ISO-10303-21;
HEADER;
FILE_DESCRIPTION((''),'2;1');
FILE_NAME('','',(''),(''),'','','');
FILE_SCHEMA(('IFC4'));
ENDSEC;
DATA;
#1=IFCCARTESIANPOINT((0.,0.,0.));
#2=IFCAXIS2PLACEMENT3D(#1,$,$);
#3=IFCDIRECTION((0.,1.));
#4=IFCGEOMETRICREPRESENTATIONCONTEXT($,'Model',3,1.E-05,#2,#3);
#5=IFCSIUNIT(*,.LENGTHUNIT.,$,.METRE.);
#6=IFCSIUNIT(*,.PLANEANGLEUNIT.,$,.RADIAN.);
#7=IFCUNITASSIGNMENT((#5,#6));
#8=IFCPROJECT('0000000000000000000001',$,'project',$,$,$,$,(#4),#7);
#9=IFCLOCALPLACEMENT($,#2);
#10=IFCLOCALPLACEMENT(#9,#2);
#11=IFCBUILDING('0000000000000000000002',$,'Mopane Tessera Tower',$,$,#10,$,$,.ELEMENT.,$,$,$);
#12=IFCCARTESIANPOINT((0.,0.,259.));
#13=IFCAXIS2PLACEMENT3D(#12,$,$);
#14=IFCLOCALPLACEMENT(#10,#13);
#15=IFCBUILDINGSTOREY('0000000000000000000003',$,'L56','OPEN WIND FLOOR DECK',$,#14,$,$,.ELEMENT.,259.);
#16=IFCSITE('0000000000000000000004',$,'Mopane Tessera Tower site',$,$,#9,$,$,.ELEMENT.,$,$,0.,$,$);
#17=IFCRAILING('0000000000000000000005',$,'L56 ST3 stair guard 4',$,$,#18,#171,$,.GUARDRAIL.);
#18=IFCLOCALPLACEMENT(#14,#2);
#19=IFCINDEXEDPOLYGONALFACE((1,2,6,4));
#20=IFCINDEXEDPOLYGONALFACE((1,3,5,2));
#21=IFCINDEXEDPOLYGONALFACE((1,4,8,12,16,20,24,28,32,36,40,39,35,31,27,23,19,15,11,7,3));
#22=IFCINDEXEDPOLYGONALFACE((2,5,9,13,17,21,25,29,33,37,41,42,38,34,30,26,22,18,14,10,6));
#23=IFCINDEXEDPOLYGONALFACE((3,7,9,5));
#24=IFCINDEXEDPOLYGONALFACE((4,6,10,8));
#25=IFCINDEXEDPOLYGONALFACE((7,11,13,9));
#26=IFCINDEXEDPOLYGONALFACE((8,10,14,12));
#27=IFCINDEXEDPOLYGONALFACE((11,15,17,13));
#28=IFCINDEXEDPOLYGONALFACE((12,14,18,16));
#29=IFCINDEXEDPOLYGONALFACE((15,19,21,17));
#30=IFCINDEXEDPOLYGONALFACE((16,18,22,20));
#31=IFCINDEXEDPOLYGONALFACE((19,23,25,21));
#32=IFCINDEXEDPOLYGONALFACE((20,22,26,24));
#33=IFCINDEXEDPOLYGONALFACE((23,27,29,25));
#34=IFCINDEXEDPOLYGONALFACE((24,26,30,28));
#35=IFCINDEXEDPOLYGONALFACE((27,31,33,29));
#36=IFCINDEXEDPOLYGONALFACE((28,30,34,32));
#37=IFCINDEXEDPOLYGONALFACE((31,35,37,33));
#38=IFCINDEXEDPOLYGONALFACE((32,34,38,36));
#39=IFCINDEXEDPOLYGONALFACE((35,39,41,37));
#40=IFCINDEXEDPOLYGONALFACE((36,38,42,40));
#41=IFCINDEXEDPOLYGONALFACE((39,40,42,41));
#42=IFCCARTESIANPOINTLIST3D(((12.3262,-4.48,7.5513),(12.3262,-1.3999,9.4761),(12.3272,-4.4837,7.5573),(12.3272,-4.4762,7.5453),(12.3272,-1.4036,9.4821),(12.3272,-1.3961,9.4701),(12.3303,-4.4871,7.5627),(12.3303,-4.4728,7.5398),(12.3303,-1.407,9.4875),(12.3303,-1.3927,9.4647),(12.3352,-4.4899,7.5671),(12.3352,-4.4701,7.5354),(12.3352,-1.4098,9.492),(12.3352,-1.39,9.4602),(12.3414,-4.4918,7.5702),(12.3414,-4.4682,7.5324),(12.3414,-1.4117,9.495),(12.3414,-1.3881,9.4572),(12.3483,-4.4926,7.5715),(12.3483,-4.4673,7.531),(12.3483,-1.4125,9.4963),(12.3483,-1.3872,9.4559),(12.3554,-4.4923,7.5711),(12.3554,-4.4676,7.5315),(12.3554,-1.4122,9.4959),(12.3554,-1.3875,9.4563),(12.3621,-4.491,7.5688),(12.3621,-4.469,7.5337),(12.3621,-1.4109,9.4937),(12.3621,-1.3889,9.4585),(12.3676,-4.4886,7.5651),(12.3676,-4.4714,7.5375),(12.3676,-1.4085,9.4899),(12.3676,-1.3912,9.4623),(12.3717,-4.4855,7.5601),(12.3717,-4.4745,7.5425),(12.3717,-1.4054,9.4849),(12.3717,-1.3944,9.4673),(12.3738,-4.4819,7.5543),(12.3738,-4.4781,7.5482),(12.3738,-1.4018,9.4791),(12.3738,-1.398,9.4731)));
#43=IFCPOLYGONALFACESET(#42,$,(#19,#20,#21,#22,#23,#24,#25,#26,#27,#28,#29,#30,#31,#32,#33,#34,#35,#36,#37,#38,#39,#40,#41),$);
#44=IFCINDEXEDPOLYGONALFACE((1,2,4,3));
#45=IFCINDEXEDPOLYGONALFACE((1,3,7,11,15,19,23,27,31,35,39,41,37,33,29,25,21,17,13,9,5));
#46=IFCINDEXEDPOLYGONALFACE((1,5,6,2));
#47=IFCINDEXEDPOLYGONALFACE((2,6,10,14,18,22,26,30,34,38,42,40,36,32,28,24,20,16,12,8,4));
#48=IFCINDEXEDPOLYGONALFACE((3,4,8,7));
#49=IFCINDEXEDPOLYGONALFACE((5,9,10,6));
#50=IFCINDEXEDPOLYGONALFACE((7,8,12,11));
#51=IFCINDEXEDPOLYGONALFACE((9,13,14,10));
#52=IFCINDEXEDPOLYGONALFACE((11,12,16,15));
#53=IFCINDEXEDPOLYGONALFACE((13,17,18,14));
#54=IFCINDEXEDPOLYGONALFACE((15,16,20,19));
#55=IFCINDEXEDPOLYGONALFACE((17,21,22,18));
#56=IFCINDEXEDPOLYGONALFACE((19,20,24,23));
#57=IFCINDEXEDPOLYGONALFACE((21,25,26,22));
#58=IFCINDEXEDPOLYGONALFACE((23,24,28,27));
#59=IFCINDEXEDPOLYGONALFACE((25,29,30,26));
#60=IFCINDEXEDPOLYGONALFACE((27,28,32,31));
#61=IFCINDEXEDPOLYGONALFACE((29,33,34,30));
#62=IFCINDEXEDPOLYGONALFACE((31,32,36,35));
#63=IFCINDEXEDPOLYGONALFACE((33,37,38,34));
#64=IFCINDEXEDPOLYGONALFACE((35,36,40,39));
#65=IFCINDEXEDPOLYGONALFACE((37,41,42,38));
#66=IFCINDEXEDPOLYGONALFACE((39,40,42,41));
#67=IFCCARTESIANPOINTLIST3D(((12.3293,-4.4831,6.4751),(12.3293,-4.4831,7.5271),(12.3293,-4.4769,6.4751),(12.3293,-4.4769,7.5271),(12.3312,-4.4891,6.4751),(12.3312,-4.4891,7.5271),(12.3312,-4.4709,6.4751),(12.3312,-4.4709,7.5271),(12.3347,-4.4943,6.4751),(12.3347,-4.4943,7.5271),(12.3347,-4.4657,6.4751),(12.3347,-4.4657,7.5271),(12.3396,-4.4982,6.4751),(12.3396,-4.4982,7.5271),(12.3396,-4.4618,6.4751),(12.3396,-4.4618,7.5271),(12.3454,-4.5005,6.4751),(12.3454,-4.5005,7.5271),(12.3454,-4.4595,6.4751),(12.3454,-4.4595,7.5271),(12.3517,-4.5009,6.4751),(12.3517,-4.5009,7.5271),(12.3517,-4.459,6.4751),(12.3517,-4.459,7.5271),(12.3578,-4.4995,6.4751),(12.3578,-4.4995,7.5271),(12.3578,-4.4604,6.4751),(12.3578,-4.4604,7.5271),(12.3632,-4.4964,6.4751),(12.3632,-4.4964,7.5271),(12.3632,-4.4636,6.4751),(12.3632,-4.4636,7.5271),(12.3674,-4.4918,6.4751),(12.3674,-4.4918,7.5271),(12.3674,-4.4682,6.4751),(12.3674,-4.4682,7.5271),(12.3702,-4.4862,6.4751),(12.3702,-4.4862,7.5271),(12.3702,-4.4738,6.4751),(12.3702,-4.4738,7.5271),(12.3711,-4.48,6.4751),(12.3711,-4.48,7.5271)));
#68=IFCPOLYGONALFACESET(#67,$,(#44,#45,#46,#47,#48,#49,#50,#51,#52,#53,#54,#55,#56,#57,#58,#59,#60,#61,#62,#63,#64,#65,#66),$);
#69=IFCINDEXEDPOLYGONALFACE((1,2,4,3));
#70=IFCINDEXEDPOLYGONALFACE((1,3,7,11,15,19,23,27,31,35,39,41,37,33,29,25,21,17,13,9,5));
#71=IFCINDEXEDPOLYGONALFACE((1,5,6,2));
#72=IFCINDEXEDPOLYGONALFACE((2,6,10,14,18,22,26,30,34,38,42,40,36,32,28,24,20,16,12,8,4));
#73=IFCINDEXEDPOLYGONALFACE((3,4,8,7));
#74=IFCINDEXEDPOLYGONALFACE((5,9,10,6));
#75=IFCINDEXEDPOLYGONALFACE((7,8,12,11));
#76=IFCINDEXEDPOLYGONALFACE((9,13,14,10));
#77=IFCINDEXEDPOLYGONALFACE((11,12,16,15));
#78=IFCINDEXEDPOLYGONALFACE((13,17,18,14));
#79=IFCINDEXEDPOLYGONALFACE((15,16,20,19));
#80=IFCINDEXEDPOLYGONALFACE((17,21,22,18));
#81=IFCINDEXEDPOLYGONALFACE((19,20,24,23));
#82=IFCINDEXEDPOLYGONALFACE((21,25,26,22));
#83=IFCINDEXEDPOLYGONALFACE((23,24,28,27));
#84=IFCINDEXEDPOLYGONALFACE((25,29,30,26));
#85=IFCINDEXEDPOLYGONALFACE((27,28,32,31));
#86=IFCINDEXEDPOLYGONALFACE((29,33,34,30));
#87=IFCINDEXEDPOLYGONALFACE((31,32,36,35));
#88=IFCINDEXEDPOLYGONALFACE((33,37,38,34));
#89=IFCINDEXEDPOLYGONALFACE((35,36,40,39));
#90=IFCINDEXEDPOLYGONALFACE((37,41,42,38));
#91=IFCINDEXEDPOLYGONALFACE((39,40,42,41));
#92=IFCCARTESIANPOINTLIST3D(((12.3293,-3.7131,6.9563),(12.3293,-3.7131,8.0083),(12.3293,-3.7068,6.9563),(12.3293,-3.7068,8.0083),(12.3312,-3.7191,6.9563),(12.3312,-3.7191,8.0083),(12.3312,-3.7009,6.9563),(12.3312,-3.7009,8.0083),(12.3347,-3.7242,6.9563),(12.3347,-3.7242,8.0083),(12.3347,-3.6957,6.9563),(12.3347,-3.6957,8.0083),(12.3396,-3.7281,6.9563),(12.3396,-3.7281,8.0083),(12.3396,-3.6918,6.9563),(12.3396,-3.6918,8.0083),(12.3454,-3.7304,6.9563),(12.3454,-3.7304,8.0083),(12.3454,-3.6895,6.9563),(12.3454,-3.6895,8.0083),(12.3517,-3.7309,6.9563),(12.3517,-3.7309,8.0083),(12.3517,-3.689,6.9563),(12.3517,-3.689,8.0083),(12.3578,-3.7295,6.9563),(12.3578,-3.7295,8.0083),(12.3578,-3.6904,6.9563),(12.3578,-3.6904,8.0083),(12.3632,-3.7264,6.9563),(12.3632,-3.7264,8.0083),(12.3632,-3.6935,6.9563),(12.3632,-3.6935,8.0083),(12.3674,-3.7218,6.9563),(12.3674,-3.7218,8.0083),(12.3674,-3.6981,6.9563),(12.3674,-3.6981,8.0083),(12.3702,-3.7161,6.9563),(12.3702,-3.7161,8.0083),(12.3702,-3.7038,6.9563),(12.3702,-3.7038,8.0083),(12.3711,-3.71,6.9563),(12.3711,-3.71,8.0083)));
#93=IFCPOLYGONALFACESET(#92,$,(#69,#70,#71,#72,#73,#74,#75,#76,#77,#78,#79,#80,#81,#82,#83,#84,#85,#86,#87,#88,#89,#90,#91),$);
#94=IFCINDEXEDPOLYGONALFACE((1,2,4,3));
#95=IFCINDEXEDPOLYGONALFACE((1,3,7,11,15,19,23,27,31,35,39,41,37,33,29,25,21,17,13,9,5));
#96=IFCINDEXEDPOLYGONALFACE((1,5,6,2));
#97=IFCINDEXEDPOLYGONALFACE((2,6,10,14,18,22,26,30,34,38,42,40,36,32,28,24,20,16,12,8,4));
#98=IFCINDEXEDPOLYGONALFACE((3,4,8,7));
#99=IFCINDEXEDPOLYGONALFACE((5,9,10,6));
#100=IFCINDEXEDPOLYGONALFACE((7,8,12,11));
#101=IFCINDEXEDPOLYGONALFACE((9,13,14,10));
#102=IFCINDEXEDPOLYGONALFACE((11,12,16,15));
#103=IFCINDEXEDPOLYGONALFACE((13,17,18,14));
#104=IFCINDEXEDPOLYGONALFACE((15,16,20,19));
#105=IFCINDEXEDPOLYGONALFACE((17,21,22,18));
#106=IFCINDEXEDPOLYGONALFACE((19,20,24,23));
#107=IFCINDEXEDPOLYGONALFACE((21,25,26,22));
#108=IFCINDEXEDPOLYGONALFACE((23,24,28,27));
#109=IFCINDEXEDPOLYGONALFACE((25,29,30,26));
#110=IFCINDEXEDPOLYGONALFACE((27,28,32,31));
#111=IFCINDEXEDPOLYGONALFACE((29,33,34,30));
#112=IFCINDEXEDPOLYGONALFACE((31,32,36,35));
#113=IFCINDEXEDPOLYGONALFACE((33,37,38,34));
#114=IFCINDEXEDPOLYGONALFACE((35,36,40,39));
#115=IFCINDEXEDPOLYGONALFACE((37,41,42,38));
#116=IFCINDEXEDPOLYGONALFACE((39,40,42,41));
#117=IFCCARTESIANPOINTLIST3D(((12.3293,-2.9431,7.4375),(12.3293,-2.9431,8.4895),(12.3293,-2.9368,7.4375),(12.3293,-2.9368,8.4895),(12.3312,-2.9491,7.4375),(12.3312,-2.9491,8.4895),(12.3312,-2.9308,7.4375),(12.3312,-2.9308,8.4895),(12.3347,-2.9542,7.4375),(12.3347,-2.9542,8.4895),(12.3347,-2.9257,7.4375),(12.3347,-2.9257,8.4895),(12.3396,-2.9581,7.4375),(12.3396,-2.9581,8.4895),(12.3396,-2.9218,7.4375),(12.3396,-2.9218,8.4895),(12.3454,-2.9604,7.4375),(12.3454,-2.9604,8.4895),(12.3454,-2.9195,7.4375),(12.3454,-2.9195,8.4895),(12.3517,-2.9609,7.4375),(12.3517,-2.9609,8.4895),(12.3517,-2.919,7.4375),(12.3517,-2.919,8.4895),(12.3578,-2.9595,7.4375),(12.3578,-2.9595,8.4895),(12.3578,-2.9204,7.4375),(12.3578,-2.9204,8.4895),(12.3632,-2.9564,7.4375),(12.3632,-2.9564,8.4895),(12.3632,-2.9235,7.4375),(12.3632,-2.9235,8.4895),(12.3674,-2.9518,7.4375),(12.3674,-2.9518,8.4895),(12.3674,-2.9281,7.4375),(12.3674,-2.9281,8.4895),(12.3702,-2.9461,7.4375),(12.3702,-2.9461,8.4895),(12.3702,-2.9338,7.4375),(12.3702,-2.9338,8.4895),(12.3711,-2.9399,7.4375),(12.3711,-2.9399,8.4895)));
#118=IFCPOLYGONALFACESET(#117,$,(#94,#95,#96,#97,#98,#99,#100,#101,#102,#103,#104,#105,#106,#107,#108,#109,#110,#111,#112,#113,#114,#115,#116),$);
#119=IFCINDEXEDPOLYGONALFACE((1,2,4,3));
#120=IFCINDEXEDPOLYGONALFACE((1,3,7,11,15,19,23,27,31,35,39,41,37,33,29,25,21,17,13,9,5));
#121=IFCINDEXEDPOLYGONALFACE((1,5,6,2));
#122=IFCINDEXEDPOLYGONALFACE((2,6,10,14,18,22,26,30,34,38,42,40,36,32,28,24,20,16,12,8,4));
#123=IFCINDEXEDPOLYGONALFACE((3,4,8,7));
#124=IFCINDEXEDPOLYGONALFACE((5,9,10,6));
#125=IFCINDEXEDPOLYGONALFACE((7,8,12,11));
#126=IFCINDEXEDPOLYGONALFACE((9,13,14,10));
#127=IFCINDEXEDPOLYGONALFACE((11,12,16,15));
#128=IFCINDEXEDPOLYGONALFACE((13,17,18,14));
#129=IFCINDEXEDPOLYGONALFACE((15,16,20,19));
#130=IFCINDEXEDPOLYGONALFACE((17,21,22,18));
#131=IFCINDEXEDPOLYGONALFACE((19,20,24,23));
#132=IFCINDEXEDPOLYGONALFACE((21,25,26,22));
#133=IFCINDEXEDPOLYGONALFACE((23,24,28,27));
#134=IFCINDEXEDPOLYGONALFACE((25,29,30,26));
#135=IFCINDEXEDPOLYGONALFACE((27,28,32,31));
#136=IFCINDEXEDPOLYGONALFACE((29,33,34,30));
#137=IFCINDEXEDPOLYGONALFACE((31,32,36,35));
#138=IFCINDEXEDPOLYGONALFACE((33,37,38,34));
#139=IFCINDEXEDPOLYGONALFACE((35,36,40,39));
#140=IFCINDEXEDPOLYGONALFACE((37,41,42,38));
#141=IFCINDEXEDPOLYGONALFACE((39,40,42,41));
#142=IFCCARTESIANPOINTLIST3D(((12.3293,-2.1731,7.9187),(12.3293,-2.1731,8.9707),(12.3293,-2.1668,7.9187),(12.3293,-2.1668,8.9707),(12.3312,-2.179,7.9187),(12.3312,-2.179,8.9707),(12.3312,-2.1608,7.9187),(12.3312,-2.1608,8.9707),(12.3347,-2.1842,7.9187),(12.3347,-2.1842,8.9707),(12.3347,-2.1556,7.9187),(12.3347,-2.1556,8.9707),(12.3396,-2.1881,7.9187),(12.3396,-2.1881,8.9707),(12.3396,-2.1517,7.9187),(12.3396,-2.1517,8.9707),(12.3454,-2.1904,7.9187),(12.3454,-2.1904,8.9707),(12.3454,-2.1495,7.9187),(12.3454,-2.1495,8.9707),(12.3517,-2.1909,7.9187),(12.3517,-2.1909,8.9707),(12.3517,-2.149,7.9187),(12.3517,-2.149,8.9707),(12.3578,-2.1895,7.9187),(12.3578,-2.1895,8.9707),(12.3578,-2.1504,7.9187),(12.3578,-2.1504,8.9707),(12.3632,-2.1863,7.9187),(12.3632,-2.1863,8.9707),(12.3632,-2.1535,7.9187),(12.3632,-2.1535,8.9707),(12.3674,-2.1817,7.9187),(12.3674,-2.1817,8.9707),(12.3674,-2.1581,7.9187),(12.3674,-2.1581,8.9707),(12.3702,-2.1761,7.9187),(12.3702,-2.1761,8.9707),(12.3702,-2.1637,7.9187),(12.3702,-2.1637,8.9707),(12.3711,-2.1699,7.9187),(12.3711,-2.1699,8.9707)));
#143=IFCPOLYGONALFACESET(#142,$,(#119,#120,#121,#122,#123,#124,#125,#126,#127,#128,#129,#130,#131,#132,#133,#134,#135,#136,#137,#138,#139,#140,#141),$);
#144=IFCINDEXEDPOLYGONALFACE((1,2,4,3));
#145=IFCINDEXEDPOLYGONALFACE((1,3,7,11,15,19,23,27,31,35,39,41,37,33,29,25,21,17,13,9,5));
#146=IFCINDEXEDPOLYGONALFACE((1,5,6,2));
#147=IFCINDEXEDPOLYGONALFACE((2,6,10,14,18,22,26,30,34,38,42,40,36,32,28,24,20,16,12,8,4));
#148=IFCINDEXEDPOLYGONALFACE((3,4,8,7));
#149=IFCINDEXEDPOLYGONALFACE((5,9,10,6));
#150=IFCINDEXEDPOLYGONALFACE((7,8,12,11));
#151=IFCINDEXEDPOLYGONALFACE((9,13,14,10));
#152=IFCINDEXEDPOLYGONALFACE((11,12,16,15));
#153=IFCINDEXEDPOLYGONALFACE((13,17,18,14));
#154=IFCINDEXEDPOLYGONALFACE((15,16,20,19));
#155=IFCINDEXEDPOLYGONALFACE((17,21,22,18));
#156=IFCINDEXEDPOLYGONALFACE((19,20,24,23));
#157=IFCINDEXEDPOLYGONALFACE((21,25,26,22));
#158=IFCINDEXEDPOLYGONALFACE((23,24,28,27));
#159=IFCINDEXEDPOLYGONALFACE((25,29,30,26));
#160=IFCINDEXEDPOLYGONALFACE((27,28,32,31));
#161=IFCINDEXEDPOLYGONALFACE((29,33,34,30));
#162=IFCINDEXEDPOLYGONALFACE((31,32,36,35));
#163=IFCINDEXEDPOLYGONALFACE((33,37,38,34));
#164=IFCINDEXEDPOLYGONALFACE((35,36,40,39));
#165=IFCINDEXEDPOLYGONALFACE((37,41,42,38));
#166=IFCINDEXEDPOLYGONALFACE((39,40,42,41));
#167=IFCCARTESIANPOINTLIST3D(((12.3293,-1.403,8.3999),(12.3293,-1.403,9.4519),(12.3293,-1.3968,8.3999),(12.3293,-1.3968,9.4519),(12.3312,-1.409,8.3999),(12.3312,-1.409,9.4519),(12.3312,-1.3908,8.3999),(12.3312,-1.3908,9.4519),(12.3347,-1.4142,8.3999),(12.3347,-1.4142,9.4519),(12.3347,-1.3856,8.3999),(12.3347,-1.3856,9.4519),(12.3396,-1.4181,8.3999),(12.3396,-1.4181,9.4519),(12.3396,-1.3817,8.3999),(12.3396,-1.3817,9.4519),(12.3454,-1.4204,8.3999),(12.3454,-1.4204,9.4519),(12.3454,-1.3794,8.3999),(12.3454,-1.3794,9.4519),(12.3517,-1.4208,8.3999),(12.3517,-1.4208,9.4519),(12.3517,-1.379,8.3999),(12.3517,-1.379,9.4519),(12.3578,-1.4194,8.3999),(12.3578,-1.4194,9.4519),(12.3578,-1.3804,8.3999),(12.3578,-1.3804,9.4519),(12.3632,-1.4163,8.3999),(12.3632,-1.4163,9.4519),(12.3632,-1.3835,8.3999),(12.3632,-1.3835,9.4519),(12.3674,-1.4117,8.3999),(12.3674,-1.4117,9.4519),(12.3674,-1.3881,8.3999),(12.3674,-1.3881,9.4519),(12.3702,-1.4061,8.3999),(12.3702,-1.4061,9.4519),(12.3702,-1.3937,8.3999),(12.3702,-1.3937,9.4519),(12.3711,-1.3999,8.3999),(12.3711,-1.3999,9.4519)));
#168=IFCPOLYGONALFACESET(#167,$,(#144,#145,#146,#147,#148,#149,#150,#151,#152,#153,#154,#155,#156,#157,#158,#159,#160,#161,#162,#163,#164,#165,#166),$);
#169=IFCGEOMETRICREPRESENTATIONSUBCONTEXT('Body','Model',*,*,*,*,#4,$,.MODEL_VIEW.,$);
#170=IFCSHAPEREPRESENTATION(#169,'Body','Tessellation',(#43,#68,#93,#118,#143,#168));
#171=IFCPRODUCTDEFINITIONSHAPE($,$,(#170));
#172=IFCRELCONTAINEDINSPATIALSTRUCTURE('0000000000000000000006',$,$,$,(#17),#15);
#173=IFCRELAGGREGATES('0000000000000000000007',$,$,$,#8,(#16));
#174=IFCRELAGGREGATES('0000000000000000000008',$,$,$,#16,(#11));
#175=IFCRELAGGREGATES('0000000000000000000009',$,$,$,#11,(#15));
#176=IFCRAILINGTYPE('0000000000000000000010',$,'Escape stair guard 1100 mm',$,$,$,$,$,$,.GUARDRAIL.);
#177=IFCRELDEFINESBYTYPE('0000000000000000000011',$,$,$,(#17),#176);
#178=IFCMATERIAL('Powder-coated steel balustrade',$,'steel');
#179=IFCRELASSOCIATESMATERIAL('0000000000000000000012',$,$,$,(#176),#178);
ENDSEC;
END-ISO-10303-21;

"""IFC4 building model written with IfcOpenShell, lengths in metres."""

from ifc_helpers import new_model, si_unit, direction, frame, origin, origin_2d, place, context, subcontext, project, spatial, circle, extrude, material, type_object, element, save


model = new_model("IFC4")

# Units and contexts
model_context = context("Model", 3, precision=1e-05, world=origin(), true_north=direction((0.0, 1.0)))
body_context = subcontext(model_context, "Body", "Model", "MODEL_VIEW")
ifc_project = project(units=[si_unit("LENGTHUNIT", "METRE"), si_unit("PLANEANGLEUNIT", "RADIAN")], contexts=[model_context])

# Site, building, storey
site_placement = place(None, origin())
site = spatial("IfcSite", under=ifc_project, at=site_placement, Name="Mopane Tessera Tower site", CompositionType="ELEMENT", RefElevation=0.0)
building_placement = place(site_placement, origin())
building = spatial("IfcBuilding", under=site, at=building_placement, Name="Mopane Tessera Tower", CompositionType="ELEMENT")
storey_placement = place(building_placement, frame((0.0, 0.0, 259.0)))
storey = spatial("IfcBuildingStorey", under=building, at=storey_placement, Name="L56", Description="OPEN WIND FLOOR DECK", CompositionType="ELEMENT", Elevation=259.0)

# Railing
ifc_material_1 = material(Name="Powder-coated steel balustrade", Category="steel")
railing_type_1 = type_object("IfcRailingType", Name="Escape stair guard 1100 mm", PredefinedType="GUARDRAIL", material=ifc_material_1)
railing_1_placement = place(storey_placement, frame((12.3501, -4.48, 6.4751)))
element("IfcRailing", 1, at=railing_1_placement, inside=storey, type_object=railing_type_1, Name="L56 ST3 stair guard 4", PredefinedType="GUARDRAIL", context=body_context, shape_type="SweptSolid", body=[
    extrude(circle(Radius=0.0239, at=origin_2d()), frame((0.0, 0.0, 1.0762), z_axis=(0.0, 0.848029, 0.529951), x_axis=(-1.0, 0.0, 0.0)), (0.0, 0.0, 1.0), 3.6321),
    extrude(circle(Radius=0.021, at=origin_2d()), origin(), (0.0, 0.0, 1.0), 1.052),
    extrude(circle(Radius=0.021, at=origin_2d()), frame((0.0, 0.77, 0.4812)), (0.0, 0.0, 1.0), 1.052),
    extrude(circle(Radius=0.021, at=origin_2d()), frame((0.0, 1.54, 0.9624)), (0.0, 0.0, 1.0), 1.052),
    extrude(circle(Radius=0.021, at=origin_2d()), frame((0.0, 2.3101, 1.4436)), (0.0, 0.0, 1.0), 1.052),
    extrude(circle(Radius=0.021, at=origin_2d()), frame((0.0, 3.0801, 1.9248)), (0.0, 0.0, 1.0), 1.052),
])

save(model, "model.ifc")
